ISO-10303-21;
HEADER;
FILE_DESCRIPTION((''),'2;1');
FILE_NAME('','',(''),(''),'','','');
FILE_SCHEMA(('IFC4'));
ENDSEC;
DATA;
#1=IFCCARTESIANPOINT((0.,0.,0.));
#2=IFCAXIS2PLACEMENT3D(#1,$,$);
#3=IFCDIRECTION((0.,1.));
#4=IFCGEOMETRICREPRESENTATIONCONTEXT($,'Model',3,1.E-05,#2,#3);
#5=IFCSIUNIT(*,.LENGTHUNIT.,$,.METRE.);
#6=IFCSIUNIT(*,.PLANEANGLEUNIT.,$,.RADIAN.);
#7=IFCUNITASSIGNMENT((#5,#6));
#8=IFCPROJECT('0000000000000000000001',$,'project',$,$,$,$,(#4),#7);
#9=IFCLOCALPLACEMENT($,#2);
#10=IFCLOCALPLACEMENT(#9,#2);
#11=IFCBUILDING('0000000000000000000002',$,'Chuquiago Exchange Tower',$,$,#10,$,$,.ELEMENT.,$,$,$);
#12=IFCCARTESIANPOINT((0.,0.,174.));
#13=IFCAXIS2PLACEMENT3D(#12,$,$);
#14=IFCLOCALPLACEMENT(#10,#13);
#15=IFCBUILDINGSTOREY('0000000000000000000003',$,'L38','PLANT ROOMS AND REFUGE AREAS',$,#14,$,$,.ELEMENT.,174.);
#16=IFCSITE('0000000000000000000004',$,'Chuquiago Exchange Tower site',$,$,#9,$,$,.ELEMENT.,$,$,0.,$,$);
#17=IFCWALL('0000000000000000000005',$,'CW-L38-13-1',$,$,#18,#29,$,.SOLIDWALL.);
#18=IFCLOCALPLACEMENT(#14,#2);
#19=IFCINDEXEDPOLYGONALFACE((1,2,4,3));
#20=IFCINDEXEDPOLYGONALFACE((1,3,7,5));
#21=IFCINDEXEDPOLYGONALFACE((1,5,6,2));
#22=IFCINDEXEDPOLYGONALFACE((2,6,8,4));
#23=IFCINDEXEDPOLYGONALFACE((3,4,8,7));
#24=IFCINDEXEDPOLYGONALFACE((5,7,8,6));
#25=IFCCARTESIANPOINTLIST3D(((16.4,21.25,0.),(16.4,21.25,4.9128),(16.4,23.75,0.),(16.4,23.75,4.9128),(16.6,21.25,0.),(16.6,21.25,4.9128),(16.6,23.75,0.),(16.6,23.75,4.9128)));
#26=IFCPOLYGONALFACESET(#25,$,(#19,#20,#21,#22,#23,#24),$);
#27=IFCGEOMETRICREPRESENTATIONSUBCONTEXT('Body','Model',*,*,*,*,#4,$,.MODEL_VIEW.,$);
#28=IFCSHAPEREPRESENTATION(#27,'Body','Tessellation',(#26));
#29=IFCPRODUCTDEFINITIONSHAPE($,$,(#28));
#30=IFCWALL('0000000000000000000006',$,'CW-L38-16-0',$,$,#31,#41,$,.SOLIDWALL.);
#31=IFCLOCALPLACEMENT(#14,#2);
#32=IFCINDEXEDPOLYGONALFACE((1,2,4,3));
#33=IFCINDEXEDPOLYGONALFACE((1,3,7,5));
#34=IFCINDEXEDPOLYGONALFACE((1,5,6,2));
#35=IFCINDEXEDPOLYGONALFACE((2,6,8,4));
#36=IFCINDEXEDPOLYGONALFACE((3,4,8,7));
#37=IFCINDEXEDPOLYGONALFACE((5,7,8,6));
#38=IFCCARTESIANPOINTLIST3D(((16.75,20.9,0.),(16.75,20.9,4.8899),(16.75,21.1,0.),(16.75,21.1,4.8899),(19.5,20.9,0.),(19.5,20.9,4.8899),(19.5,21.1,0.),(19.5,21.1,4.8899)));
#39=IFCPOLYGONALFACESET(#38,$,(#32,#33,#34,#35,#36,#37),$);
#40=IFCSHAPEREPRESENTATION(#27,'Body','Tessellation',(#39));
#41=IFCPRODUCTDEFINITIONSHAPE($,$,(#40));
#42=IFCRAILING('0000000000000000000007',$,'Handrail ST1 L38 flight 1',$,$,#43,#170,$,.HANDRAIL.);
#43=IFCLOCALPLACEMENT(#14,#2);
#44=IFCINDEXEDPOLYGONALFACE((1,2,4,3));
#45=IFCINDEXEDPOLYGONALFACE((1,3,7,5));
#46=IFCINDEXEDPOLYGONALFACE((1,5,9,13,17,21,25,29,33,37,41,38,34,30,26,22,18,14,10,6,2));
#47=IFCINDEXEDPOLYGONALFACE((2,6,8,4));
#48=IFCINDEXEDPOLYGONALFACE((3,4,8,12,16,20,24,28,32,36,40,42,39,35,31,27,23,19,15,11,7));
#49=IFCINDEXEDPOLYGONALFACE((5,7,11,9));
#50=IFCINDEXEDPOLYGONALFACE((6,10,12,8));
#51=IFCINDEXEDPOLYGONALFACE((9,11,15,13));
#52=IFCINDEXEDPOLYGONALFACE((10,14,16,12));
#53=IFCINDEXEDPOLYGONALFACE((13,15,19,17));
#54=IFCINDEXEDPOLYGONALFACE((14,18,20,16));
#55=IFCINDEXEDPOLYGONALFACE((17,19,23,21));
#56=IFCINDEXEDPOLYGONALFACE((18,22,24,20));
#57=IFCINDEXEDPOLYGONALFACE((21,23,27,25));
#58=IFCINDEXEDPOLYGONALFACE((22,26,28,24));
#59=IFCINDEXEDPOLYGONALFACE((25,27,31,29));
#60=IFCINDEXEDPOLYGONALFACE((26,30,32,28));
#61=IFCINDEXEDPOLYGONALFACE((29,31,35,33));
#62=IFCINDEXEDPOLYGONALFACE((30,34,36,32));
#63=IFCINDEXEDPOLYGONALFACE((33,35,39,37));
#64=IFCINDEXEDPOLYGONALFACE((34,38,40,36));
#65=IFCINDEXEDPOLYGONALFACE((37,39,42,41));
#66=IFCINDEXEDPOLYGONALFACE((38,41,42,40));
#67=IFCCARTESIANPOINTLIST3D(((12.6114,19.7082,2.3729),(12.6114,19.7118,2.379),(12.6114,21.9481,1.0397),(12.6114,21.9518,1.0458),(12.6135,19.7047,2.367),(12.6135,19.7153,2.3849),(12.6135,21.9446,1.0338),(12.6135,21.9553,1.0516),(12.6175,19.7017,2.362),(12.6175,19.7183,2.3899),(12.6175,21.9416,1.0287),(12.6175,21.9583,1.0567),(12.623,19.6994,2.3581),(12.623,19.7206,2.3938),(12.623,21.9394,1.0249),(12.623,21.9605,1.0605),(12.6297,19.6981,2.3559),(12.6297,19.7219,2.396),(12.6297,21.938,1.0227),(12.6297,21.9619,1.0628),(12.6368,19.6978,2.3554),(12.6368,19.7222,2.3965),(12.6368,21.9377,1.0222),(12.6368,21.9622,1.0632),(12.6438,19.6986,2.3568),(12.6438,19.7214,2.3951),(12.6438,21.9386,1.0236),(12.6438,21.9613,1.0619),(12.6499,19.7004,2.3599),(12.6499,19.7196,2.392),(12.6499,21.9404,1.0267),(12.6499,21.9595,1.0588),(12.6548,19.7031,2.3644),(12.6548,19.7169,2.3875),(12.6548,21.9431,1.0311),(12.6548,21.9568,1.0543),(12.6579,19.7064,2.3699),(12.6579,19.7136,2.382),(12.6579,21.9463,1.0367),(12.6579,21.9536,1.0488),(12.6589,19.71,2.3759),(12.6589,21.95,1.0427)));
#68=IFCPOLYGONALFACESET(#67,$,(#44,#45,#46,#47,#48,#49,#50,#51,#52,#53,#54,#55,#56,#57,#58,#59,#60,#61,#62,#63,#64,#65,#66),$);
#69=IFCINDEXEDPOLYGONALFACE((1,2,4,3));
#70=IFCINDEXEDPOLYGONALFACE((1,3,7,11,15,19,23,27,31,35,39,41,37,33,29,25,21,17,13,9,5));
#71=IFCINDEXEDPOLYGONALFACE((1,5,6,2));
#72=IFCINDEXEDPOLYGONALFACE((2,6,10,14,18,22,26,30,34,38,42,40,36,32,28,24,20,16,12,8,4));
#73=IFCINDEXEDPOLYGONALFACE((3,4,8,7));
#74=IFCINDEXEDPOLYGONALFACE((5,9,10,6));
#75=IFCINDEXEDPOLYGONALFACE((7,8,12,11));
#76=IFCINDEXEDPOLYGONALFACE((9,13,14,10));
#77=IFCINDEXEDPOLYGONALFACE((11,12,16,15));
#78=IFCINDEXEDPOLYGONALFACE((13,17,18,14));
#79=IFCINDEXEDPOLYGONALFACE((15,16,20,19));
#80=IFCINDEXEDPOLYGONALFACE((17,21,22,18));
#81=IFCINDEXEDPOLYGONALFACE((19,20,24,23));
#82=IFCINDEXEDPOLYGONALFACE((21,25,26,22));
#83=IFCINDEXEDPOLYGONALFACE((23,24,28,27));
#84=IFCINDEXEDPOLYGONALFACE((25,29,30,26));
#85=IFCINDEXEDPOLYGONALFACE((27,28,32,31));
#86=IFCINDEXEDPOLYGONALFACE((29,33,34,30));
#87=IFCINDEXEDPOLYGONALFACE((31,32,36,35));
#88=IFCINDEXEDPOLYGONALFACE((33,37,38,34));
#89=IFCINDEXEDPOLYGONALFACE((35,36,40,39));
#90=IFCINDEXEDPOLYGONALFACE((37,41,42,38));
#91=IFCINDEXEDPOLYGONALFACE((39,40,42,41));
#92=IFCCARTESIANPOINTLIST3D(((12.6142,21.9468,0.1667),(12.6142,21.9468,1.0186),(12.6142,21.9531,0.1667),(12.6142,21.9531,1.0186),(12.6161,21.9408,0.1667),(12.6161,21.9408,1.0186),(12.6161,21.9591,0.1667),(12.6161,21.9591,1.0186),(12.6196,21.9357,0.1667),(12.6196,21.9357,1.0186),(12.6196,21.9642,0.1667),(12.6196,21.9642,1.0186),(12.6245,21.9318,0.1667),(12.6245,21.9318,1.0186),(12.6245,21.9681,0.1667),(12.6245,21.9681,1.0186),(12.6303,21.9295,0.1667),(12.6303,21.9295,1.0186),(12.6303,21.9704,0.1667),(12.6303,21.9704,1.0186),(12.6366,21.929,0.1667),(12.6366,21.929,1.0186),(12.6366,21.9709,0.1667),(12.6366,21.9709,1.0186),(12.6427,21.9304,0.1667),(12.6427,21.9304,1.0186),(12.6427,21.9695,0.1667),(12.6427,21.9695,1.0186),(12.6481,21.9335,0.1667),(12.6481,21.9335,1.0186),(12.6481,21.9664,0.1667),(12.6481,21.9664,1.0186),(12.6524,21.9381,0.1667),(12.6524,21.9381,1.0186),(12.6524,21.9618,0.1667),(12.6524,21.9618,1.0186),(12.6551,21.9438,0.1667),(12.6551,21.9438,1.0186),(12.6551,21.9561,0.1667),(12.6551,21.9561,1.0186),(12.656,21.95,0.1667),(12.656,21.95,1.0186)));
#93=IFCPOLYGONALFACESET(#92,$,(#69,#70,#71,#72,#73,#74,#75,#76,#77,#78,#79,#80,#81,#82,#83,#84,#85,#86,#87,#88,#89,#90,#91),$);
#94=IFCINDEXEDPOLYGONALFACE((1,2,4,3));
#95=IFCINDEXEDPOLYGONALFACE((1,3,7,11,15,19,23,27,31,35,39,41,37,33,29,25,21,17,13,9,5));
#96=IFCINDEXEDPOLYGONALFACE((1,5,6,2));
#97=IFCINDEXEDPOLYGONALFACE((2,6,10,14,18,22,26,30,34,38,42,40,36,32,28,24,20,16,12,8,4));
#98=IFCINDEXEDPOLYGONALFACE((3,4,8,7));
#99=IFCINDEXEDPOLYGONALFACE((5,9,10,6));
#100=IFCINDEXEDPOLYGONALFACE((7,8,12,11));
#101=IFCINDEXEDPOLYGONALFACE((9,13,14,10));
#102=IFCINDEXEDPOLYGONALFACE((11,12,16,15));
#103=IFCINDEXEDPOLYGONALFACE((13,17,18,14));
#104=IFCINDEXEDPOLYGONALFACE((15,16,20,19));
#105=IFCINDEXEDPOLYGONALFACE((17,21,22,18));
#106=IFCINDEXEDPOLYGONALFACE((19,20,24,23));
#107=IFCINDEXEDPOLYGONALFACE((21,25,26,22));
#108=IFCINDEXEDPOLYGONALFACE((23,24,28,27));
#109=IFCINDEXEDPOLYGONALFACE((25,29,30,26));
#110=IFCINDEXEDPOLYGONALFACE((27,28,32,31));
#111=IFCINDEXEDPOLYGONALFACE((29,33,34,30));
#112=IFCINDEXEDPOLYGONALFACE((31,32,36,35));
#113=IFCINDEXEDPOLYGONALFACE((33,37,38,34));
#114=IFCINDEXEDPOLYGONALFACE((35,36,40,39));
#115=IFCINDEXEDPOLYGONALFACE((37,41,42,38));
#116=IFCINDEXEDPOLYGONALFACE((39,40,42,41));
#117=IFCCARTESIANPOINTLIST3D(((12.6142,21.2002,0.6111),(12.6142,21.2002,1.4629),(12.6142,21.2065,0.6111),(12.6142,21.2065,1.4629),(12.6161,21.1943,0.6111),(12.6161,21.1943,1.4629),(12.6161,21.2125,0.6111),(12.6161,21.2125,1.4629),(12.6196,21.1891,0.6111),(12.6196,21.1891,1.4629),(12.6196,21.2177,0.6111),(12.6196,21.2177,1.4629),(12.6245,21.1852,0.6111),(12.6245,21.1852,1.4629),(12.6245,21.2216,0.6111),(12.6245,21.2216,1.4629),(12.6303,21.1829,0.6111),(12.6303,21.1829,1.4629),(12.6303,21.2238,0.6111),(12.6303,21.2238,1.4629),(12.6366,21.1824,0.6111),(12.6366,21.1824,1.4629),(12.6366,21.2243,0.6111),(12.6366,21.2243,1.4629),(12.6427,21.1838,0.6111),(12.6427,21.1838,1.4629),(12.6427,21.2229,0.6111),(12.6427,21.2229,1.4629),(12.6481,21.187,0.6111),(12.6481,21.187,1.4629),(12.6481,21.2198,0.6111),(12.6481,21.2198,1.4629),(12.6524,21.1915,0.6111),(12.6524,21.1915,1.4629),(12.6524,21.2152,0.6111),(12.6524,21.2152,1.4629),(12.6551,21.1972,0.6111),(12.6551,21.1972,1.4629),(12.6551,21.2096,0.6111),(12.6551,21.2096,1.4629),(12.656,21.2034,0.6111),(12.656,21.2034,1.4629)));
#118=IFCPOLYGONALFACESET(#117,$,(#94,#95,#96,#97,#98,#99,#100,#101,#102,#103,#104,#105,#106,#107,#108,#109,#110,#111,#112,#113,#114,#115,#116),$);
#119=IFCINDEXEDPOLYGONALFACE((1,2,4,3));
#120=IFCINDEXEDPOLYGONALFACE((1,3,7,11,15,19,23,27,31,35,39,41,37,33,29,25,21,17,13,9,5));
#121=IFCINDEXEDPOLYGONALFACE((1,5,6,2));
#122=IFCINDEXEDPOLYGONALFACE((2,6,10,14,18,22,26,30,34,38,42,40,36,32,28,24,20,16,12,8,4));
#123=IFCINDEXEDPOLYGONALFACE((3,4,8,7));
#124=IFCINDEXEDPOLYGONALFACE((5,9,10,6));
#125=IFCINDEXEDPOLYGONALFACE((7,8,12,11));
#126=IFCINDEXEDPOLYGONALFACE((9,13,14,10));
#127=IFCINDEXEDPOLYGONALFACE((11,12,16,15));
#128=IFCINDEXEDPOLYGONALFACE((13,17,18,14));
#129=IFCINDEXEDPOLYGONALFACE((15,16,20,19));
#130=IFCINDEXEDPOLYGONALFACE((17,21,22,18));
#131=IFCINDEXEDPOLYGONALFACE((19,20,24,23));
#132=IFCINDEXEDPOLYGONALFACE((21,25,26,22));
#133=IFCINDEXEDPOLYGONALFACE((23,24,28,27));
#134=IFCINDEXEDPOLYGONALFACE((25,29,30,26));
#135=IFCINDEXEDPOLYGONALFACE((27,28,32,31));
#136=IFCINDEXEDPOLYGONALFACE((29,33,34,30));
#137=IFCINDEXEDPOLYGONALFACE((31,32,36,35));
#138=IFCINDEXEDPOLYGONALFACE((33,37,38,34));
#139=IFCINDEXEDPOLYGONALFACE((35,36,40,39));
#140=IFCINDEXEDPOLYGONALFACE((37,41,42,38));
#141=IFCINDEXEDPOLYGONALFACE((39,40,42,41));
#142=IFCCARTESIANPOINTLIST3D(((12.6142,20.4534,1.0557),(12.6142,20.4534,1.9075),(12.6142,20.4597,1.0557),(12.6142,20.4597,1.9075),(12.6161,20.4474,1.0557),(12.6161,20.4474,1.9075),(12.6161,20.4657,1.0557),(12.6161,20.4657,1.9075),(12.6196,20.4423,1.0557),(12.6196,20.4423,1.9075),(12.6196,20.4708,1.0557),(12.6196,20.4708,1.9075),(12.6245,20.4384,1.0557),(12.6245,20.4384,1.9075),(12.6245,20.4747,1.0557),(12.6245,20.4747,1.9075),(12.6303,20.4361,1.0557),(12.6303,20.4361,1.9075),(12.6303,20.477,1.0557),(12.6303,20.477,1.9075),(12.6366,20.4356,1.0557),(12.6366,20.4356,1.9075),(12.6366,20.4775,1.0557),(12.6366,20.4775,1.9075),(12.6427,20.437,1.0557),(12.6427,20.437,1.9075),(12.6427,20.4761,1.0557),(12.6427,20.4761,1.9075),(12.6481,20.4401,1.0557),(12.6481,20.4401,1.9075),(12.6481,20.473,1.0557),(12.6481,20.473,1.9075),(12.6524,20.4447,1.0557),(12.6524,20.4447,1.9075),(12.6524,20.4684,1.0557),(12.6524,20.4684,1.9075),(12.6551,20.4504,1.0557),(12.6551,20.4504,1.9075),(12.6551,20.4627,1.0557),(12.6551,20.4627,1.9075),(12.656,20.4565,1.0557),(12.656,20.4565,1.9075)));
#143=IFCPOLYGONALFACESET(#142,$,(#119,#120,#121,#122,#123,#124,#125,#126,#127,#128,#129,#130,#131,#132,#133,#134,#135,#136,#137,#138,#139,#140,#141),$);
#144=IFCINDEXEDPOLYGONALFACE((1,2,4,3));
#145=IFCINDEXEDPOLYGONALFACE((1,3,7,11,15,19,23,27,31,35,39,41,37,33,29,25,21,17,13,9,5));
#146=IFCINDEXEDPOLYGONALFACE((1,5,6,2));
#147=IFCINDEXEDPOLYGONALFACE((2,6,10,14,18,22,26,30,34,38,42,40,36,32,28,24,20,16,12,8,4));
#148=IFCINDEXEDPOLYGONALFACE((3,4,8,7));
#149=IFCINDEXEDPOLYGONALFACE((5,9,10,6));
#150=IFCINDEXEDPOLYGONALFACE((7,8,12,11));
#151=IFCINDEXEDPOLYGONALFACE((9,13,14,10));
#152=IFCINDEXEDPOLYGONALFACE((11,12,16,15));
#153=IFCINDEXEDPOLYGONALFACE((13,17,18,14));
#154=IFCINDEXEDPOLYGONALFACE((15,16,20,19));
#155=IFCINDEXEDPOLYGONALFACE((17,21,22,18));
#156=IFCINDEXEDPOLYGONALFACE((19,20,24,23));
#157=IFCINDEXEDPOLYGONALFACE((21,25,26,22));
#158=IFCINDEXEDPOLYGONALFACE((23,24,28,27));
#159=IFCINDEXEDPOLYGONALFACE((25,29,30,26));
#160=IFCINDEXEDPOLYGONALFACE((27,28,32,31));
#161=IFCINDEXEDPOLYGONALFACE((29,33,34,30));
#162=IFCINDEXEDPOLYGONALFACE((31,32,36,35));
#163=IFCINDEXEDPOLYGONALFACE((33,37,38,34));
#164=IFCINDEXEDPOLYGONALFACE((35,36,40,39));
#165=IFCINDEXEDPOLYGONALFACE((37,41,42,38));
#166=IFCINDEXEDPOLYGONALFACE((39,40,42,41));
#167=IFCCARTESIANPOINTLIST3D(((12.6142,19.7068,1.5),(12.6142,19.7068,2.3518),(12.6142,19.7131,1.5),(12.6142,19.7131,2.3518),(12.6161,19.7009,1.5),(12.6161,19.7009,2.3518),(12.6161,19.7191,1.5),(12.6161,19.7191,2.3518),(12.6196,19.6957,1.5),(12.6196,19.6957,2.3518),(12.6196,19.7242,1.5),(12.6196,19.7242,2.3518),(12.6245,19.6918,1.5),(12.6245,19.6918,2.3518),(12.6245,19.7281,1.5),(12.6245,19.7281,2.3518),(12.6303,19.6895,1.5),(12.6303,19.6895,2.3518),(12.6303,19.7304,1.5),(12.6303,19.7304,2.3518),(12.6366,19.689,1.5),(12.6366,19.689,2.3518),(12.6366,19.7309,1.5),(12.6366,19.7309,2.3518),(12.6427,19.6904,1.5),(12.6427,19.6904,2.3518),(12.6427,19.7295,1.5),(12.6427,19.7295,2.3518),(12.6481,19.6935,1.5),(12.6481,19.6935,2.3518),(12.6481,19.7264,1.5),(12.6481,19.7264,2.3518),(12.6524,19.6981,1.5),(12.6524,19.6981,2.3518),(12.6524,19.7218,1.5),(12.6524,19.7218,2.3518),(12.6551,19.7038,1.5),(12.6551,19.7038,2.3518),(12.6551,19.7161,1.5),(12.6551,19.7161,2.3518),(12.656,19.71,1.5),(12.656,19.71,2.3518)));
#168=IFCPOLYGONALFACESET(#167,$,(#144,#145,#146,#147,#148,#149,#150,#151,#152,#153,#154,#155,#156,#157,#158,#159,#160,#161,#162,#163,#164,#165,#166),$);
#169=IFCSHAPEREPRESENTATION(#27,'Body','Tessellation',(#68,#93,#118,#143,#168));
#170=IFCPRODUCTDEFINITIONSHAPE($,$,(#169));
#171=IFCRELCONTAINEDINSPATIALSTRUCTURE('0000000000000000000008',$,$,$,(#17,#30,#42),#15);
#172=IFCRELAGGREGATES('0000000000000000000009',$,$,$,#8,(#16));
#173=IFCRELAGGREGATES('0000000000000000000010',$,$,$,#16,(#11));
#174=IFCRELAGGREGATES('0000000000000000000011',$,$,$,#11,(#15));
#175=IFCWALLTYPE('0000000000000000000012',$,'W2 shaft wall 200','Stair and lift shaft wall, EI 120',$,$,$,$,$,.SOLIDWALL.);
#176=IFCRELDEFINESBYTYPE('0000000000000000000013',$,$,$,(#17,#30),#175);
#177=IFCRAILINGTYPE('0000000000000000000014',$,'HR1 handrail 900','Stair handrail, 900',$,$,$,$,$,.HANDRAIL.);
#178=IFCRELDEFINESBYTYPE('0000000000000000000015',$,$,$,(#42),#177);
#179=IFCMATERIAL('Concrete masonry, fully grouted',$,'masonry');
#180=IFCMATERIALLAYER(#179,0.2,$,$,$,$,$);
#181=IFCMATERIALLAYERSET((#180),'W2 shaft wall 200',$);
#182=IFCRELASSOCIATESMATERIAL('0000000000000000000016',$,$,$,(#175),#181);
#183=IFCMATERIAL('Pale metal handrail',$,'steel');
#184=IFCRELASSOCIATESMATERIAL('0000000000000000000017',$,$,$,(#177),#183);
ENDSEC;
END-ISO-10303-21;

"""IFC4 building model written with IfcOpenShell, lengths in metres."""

from ifc_helpers import new_model, si_unit, direction, frame, frame_2d, origin, origin_2d, place, context, subcontext, project, spatial, rectangle, circle, extrude, material, layer, layer_set, type_object, element, save


model = new_model("IFC4")

# Units and contexts
model_context = context("Model", 3, precision=1e-05, world=origin(), true_north=direction((0.0, 1.0)))
body_context = subcontext(model_context, "Body", "Model", "MODEL_VIEW")
ifc_project = project(units=[si_unit("LENGTHUNIT", "METRE"), si_unit("PLANEANGLEUNIT", "RADIAN")], contexts=[model_context])

# Site, building, storey
site_placement = place(None, origin())
site = spatial("IfcSite", under=ifc_project, at=site_placement, Name="Chuquiago Exchange Tower site", CompositionType="ELEMENT", RefElevation=0.0)
building_placement = place(site_placement, origin())
building = spatial("IfcBuilding", under=site, at=building_placement, Name="Chuquiago Exchange Tower", CompositionType="ELEMENT")
storey_placement = place(building_placement, frame((0.0, 0.0, 174.0)))
storey = spatial("IfcBuildingStorey", under=building, at=storey_placement, Name="L38", Description="PLANT ROOMS AND REFUGE AREAS", CompositionType="ELEMENT", Elevation=174.0)

# Shared definitions
ifc_material_1 = material(Name="Concrete masonry, fully grouted", Category="masonry")
ifc_layer = layer(ifc_material_1, 0.2)
ifc_layer_set = layer_set([ifc_layer], Name="W2 shaft wall 200")
wall_type = type_object("IfcWallType", Name="W2 shaft wall 200", Description="Stair and lift shaft wall, EI 120", PredefinedType="SOLIDWALL", material=ifc_layer_set)

# Walls
wall_1_placement = place(storey_placement, frame((16.5, 21.25, 0.0), z_axis=(0.0, 0.0, 1.0), x_axis=(0.0, 1.0, 0.0)))
element("IfcWall", 1, at=wall_1_placement, inside=storey, type_object=wall_type, Name="CW-L38-13-1", PredefinedType="SOLIDWALL", context=body_context, shape_type="SweptSolid", body=[
    extrude(rectangle(XDim=2.5, YDim=0.2, at=frame_2d((1.25, 0.0))), origin(), (0.0, 0.0, 1.0), 4.9128),
])
wall_2_placement = place(storey_placement, frame((16.75, 21.0, 0.0), z_axis=(0.0, 0.0, 1.0), x_axis=(1.0, 0.0, 0.0)))
element("IfcWall", 2, at=wall_2_placement, inside=storey, type_object=wall_type, Name="CW-L38-16-0", PredefinedType="SOLIDWALL", context=body_context, shape_type="SweptSolid", body=[
    extrude(rectangle(XDim=2.75, YDim=0.2, at=frame_2d((1.375, 0.0))), origin(), (0.0, 0.0, 1.0), 4.8899),
])

# Railing
ifc_material_2 = material(Name="Pale metal handrail", Category="steel")
railing_type = type_object("IfcRailingType", Name="HR1 handrail 900", Description="Stair handrail, 900", PredefinedType="HANDRAIL", material=ifc_material_2)
for number, where, name in (
    (3, (12.635, 21.95, 0.1667), "Handrail ST1 L38 flight 1"),
):
    element("IfcRailing", number, at=place(storey_placement, frame(where)), inside=storey, type_object=railing_type, Name=name, PredefinedType="HANDRAIL", context=body_context, shape_type="SweptSolid", body=[
        extrude(circle(Radius=0.0239, at=origin_2d()), frame((0.0, 0.0, 0.876), z_axis=(0.0, -0.859306, 0.511462), x_axis=(1.0, 0.0, 0.0)), (0.0, 0.0, 1.0), 2.6067),
        extrude(circle(Radius=0.021, at=origin_2d()), origin(), (0.0, 0.0, 1.0), 0.8518),
        extrude(circle(Radius=0.021, at=origin_2d()), frame((0.0, -0.7466, 0.4443)), (0.0, 0.0, 1.0), 0.8518),
        extrude(circle(Radius=0.021, at=origin_2d()), frame((0.0, -1.4934, 0.8889)), (0.0, 0.0, 1.0), 0.8518),
        extrude(circle(Radius=0.021, at=origin_2d()), frame((0.0, -2.24, 1.3333)), (0.0, 0.0, 1.0), 0.8518),
    ])

save(model, "model.ifc")
